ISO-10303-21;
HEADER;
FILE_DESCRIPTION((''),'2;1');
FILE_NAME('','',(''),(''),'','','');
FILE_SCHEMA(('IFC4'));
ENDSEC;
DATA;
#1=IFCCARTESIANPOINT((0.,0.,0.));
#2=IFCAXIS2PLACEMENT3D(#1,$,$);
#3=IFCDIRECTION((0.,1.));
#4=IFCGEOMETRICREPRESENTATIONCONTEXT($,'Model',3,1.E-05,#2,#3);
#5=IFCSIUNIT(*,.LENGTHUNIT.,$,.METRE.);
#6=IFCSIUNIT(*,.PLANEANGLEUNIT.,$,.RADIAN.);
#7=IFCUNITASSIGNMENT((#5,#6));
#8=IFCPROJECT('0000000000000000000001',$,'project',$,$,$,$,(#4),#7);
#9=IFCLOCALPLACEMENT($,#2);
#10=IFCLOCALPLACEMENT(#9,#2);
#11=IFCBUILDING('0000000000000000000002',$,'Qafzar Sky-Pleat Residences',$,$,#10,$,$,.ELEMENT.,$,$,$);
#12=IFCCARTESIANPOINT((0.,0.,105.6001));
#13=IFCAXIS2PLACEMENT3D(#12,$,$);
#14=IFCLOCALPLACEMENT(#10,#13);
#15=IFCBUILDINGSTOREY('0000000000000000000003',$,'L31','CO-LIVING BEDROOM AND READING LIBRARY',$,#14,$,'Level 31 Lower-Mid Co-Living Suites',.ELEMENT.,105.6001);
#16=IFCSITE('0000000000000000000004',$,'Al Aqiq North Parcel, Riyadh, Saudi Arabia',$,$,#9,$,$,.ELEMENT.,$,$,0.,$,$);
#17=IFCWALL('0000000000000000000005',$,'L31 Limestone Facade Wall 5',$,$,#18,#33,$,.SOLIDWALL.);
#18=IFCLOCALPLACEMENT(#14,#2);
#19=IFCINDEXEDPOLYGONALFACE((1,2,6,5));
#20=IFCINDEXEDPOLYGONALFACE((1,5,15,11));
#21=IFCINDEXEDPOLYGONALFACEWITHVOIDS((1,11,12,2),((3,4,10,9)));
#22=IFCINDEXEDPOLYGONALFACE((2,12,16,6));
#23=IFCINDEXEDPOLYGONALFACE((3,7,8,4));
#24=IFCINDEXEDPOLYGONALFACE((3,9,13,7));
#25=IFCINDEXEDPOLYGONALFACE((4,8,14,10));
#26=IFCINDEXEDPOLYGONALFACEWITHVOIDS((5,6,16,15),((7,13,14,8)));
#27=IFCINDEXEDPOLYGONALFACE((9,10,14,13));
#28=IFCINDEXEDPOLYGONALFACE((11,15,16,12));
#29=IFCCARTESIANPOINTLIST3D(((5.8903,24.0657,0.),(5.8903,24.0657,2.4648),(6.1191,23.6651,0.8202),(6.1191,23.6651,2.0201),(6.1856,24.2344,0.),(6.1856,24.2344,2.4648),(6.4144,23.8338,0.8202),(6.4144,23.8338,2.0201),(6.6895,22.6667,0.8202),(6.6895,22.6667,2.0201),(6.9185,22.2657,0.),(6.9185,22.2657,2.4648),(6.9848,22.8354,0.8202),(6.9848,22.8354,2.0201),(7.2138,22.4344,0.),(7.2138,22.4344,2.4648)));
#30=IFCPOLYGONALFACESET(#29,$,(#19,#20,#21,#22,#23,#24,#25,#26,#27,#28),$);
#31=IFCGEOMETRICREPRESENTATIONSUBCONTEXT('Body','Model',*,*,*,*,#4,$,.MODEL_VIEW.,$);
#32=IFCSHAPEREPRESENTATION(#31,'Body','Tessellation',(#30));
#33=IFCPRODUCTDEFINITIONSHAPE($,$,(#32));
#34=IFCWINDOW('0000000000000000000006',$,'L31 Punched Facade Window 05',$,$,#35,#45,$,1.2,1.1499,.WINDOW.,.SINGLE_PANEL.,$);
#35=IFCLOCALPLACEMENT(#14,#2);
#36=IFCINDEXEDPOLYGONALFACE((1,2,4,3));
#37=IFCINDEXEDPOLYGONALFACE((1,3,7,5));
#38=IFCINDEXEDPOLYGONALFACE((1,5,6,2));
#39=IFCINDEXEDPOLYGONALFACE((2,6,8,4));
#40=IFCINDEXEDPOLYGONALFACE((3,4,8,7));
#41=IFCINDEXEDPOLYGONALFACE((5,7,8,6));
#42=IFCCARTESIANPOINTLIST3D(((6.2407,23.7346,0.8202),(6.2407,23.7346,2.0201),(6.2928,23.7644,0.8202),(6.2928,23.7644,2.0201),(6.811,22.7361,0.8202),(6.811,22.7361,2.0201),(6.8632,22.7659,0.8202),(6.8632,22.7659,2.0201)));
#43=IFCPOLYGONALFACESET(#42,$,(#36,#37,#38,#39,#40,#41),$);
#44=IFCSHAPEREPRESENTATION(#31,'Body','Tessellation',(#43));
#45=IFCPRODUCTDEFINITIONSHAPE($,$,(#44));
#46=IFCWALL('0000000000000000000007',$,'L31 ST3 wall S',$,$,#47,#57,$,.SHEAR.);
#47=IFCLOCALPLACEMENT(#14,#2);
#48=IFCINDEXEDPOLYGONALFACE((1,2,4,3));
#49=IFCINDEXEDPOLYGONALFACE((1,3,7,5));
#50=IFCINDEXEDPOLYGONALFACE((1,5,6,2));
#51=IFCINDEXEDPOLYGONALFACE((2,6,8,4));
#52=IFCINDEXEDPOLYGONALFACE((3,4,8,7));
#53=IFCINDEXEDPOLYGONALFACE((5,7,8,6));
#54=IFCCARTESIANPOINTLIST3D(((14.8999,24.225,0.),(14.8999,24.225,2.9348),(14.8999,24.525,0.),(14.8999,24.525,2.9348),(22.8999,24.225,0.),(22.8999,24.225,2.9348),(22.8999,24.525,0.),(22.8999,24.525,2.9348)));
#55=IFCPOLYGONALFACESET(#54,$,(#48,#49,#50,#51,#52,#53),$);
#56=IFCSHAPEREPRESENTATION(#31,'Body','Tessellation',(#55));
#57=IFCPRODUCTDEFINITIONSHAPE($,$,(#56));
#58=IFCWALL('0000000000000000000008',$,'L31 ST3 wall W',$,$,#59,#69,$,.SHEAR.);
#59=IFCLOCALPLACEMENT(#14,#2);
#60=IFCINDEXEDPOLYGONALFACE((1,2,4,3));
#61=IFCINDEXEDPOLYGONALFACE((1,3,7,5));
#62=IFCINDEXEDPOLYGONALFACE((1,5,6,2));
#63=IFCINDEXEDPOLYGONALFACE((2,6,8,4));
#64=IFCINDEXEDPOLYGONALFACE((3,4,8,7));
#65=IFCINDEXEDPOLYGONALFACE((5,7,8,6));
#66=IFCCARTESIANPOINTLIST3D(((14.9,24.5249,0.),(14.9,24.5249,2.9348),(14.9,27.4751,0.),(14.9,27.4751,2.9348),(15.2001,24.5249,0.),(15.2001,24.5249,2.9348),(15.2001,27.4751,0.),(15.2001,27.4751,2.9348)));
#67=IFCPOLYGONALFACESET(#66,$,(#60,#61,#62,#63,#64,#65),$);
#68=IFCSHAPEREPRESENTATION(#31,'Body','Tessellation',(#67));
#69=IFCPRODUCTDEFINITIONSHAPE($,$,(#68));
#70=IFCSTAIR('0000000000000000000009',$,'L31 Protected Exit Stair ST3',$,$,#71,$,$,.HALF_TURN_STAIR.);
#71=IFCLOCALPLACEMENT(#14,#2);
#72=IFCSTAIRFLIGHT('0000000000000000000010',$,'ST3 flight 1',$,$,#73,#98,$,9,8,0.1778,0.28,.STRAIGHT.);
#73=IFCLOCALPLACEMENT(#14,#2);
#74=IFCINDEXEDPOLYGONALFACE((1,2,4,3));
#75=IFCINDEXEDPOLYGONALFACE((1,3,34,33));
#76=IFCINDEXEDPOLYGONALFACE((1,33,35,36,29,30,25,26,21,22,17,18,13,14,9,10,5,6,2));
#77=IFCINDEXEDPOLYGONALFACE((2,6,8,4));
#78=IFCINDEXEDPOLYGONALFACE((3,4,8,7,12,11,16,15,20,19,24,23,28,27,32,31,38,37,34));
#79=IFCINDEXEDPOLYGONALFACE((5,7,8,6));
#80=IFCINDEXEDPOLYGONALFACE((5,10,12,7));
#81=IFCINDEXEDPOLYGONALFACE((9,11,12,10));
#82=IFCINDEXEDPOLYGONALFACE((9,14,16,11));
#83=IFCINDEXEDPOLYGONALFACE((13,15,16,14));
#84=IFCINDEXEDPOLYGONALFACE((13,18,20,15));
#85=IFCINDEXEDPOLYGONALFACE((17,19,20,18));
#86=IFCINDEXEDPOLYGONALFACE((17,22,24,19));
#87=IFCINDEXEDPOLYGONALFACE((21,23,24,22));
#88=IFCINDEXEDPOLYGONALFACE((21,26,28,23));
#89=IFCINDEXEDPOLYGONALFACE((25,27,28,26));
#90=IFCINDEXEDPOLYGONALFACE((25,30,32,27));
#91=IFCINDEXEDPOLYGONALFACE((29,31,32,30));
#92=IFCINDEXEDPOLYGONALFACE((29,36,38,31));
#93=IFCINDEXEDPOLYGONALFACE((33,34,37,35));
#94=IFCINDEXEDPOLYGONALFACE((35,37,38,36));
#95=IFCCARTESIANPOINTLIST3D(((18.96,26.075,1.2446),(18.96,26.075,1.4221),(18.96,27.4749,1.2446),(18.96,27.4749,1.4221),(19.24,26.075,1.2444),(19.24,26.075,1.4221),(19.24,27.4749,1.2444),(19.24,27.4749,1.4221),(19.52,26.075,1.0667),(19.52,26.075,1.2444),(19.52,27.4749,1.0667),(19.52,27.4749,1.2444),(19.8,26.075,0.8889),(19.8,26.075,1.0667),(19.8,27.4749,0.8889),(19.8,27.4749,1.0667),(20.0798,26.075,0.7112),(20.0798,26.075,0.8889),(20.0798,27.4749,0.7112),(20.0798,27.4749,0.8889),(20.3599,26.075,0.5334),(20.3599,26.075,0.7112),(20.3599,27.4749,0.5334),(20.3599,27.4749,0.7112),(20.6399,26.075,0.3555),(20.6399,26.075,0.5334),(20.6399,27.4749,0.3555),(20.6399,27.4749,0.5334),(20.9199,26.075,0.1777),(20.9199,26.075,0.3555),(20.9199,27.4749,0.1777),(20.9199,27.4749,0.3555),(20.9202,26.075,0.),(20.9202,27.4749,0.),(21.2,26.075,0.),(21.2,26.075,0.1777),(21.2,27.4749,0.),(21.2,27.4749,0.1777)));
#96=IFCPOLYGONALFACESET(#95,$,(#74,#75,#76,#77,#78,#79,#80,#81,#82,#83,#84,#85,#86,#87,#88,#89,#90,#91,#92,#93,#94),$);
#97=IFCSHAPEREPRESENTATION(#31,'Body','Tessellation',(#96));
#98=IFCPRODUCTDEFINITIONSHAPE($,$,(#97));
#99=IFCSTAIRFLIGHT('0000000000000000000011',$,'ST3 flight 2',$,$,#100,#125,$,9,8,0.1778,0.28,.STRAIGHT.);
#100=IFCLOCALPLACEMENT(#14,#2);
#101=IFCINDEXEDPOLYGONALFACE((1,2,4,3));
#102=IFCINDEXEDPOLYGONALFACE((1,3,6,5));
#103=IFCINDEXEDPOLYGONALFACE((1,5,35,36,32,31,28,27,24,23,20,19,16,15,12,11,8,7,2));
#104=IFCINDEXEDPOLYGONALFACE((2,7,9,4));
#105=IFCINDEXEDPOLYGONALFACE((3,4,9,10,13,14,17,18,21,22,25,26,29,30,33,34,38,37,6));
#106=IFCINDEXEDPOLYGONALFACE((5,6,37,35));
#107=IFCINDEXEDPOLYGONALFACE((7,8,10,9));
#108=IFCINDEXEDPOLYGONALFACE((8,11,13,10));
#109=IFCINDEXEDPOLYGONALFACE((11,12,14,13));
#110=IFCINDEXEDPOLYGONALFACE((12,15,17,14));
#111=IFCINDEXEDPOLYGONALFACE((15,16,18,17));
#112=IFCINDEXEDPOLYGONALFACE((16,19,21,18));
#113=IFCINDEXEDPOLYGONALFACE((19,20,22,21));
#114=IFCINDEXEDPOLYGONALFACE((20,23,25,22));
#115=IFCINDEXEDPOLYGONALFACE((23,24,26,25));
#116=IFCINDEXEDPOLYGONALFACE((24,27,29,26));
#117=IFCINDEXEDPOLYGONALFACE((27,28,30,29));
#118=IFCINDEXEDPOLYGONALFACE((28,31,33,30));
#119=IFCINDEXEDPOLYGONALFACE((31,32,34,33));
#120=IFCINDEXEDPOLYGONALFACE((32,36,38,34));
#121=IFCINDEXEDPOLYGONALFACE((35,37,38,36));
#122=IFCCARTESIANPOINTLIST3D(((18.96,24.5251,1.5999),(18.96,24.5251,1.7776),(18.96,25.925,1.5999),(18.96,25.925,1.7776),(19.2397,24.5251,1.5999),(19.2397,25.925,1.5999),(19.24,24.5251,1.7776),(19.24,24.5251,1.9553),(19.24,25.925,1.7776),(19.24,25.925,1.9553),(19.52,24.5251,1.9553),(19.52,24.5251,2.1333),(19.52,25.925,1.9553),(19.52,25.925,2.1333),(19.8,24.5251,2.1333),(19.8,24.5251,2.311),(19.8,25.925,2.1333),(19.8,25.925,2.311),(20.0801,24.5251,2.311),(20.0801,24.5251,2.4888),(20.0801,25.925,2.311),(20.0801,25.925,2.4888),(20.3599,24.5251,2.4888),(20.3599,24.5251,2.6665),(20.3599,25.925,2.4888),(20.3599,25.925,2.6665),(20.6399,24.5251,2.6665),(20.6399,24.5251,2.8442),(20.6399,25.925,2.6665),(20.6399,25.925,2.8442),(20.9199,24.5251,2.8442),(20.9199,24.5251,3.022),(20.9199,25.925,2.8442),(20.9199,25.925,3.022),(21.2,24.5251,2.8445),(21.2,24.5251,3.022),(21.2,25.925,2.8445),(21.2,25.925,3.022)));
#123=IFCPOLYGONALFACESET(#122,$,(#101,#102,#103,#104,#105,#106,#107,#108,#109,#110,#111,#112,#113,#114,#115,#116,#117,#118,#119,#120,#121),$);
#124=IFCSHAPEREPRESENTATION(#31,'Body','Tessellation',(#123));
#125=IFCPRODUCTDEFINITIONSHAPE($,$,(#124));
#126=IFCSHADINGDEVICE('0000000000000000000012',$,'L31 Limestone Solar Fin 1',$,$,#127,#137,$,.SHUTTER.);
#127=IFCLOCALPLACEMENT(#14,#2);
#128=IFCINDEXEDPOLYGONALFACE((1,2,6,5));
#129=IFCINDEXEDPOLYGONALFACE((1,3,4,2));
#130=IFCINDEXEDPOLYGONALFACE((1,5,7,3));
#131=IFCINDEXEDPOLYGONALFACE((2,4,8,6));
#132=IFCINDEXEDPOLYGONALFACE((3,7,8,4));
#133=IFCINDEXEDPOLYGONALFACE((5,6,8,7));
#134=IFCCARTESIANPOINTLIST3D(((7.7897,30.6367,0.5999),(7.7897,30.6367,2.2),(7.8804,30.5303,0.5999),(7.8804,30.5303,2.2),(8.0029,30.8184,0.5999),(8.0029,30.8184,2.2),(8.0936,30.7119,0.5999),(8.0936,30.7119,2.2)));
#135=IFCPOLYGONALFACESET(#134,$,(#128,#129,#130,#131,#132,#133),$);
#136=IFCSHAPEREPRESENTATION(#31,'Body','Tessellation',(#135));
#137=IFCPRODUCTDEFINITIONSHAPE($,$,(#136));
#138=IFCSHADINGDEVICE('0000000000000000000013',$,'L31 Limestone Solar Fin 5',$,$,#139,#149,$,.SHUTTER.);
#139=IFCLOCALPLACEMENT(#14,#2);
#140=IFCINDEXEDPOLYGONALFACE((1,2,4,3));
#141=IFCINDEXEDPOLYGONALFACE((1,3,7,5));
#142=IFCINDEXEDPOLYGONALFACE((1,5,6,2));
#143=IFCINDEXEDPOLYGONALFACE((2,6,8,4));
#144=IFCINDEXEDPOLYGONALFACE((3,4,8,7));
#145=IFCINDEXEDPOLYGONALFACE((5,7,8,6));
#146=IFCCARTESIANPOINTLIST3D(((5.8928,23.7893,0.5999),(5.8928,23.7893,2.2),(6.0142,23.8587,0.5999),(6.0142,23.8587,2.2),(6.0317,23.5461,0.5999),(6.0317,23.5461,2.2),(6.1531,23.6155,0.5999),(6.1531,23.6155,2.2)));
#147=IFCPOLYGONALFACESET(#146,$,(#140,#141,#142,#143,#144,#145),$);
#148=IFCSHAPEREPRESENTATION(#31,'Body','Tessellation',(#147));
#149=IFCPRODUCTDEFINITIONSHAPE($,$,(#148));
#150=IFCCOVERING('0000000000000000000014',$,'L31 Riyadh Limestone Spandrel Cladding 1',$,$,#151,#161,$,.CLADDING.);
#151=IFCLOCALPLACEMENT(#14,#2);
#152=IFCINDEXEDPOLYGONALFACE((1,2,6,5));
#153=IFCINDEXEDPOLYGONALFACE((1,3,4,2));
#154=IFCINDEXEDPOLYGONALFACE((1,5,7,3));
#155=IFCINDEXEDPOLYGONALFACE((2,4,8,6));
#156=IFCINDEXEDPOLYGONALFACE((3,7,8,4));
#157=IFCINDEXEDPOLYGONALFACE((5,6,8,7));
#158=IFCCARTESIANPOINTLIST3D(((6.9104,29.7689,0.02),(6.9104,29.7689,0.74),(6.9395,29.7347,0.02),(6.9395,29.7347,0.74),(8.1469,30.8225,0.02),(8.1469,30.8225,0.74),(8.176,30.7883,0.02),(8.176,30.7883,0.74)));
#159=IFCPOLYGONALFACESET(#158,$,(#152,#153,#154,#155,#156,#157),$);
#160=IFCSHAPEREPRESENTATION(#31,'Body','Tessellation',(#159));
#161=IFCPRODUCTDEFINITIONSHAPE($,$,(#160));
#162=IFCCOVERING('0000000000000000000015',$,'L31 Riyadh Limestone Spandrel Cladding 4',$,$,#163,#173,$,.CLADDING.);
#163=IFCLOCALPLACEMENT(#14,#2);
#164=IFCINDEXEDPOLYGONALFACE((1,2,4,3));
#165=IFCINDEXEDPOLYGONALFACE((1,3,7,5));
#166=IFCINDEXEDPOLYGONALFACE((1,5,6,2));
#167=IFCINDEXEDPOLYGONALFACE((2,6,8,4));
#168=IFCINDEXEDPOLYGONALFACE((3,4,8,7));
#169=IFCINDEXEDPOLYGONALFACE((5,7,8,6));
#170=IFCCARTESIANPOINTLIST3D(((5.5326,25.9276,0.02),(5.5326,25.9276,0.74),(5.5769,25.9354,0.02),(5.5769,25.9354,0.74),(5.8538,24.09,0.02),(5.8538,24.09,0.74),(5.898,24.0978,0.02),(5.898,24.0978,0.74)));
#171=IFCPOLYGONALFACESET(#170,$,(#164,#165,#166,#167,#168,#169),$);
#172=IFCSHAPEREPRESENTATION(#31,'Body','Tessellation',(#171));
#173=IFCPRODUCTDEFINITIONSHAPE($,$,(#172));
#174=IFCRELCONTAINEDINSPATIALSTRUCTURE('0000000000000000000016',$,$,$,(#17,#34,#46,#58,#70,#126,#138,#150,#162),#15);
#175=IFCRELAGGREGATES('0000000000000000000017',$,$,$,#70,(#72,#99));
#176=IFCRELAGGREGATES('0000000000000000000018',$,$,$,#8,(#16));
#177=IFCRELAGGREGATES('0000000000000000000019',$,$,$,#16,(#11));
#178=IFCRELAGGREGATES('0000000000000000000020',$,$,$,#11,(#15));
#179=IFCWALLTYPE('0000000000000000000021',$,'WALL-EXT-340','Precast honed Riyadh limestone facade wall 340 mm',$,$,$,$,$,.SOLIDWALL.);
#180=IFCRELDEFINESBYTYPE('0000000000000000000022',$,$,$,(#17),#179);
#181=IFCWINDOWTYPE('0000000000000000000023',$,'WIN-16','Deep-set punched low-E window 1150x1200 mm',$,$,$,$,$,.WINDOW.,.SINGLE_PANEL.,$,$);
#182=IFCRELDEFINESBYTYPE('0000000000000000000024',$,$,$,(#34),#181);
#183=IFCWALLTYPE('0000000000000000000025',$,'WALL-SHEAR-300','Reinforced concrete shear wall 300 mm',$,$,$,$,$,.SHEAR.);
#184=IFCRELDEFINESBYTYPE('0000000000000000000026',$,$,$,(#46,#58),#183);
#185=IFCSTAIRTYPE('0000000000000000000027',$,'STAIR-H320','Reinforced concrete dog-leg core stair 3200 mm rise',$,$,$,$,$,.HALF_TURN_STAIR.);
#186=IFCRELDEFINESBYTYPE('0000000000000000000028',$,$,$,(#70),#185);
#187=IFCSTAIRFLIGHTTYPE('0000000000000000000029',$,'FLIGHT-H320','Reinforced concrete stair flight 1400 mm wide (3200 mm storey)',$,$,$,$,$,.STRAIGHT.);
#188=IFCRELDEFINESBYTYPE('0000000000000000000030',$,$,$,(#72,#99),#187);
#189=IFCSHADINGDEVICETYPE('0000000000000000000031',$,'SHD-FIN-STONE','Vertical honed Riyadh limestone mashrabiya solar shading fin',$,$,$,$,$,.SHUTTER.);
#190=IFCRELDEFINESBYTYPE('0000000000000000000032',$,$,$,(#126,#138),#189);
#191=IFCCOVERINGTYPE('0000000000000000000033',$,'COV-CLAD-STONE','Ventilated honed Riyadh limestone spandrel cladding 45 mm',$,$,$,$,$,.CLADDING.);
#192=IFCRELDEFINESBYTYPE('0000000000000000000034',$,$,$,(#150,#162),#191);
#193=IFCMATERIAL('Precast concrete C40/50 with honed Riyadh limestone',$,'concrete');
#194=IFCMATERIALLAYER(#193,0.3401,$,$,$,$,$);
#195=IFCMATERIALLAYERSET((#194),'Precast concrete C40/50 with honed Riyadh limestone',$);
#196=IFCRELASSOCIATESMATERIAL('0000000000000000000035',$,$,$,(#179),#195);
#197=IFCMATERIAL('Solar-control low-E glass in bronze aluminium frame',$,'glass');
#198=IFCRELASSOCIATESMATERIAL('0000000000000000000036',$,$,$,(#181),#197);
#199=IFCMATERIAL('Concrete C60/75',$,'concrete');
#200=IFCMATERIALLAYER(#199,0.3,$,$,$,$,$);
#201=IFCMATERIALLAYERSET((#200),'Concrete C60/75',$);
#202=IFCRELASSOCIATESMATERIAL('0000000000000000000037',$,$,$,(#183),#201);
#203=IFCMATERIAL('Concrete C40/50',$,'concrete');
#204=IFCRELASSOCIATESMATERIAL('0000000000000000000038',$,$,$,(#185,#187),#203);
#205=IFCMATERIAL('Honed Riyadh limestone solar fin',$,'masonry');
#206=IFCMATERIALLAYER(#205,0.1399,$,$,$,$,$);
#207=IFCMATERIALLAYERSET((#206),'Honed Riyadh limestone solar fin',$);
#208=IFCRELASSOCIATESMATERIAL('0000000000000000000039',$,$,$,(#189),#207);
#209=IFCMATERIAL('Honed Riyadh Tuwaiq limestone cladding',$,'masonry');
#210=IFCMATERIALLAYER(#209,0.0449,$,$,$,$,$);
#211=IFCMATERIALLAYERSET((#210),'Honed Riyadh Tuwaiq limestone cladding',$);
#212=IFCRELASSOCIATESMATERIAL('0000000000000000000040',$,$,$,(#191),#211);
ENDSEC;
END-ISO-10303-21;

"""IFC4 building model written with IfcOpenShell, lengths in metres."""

from ifc_helpers import new_model, si_unit, direction, frame, frame_2d, origin, origin_2d, place, context, subcontext, project, spatial, polyline, rectangle, outline, extrude, source, transform, mapped, material, layer, layer_set, type_object, element, fill, aggregate, save


model = new_model("IFC4")

# Units and contexts
model_context = context("Model", 3, precision=1e-05, world=origin(), true_north=direction((0.0, 1.0)))
body_context = subcontext(model_context, "Body", "Model", "MODEL_VIEW")
ifc_project = project(units=[si_unit("LENGTHUNIT", "METRE"), si_unit("PLANEANGLEUNIT", "RADIAN")], contexts=[model_context])

# Site, building, storey
site_placement = place(None, origin())
site = spatial("IfcSite", under=ifc_project, at=site_placement, Name="Al Aqiq North Parcel, Riyadh, Saudi Arabia", CompositionType="ELEMENT", RefElevation=0.0)
building_placement = place(site_placement, origin())
building = spatial("IfcBuilding", under=site, at=building_placement, Name="Qafzar Sky-Pleat Residences", CompositionType="ELEMENT")
storey_placement = place(building_placement, frame((0.0, 0.0, 105.6001)))
storey = spatial("IfcBuildingStorey", under=building, at=storey_placement, Name="L31", Description="CO-LIVING BEDROOM AND READING LIBRARY", LongName="Level 31 Lower-Mid Co-Living Suites", CompositionType="ELEMENT", Elevation=105.6001)

# Wall, opening, window
ifc_material_1 = material(Name="Precast concrete C40/50 with honed Riyadh limestone", Category="concrete")
ifc_layer_1 = layer(ifc_material_1, 0.3401)
ifc_layer_set_1 = layer_set([ifc_layer_1], Name="Precast concrete C40/50 with honed Riyadh limestone")
wall_type_1 = type_object("IfcWallType", Name="WALL-EXT-340", Description="Precast honed Riyadh limestone facade wall 340 mm", PredefinedType="SOLIDWALL", material=ifc_layer_set_1)
ifc_material_2 = material(Name="Solar-control low-E glass in bronze aluminium frame", Category="glass")
wall_1_placement = place(storey_placement, frame((6.0378, 24.1501, 0.0), z_axis=(0.0, 0.0, 1.0), x_axis=(0.496037, -0.868301, 0.0)))
wall_1 = element("IfcWall", 1, at=wall_1_placement, inside=storey, type_object=wall_type_1, Name="L31 Limestone Facade Wall 5", PredefinedType="SOLIDWALL", context=body_context, shape_type="SweptSolid", body=[
    extrude(rectangle(XDim=2.073, YDim=0.3401, at=frame_2d((1.0366, 0.0))), origin(), (0.0, 0.0, 1.0), 2.4648),
])
opening_1_placement = place(wall_1_placement, frame((0.4614, 0.0, 0.8201)))
opening_1 = element("IfcOpeningElement", 2, at=opening_1_placement, cuts=wall_1, PredefinedType="OPENING", context=body_context, shape_type="SweptSolid", body=[
    extrude(rectangle(XDim=1.1499, YDim=1.2, at=frame_2d((0.575, 0.6001))), frame((0.0, 0.1802, 0.0), z_axis=(0.0, -1.0, 0.0), x_axis=(1.0, 0.0, 0.0)), (0.0, 0.0, 1.0), 0.3601),
])
window_type_1 = type_object("IfcWindowType", Name="WIN-16", Description="Deep-set punched low-E window 1150x1200 mm", PartitioningType="SINGLE_PANEL", PredefinedType="WINDOW", material=ifc_material_2)
shared_shape_1 = source(origin(), body_context, "Body", "SweptSolid", [
    extrude(rectangle(XDim=1.1499, YDim=1.2, at=frame_2d((0.575, 0.6001))), frame((0.0, 0.03, 0.0), z_axis=(0.0, -1.0, 0.0), x_axis=(1.0, 0.0, 0.0)), (0.0, 0.0, 1.0), 0.0601),
])
window_1_placement = place(opening_1_placement, origin())
window_1 = element("IfcWindow", 3, at=window_1_placement, inside=storey, type_object=window_type_1, Name="L31 Punched Facade Window 05", OverallHeight=1.2, OverallWidth=1.1499, PartitioningType="SINGLE_PANEL", PredefinedType="WINDOW", context=body_context, shape_type="MappedRepresentation", body=[
    mapped(shared_shape_1, transform((0.0, 0.0, 0.0), x_axis=(1.0, 0.0, 0.0), y_axis=(0.0, 1.0, 0.0), z_axis=(0.0, 0.0, 1.0), scale=1.0)),
])
fill(opening_1, window_1)

# Walls
ifc_material_3 = material(Name="Concrete C60/75", Category="concrete")
ifc_layer_2 = layer(ifc_material_3, 0.3)
ifc_layer_set_2 = layer_set([ifc_layer_2], Name="Concrete C60/75")
wall_type_2 = type_object("IfcWallType", Name="WALL-SHEAR-300", Description="Reinforced concrete shear wall 300 mm", PredefinedType="SHEAR", material=ifc_layer_set_2)
wall_2_placement = place(storey_placement, frame((14.8999, 24.375, 0.0), z_axis=(0.0, 0.0, 1.0), x_axis=(1.0, 0.0, 0.0)))
element("IfcWall", 4, at=wall_2_placement, inside=storey, type_object=wall_type_2, Name="L31 ST3 wall S", PredefinedType="SHEAR", context=body_context, shape_type="SweptSolid", body=[
    extrude(rectangle(XDim=8.0, YDim=0.3, at=frame_2d((4.0, 0.0))), origin(), (0.0, 0.0, 1.0), 2.9348),
])
wall_3_placement = place(storey_placement, frame((15.05, 27.4751, 0.0), z_axis=(0.0, 0.0, 1.0), x_axis=(0.0, -1.0, 0.0)))
element("IfcWall", 5, at=wall_3_placement, inside=storey, type_object=wall_type_2, Name="L31 ST3 wall W", PredefinedType="SHEAR", context=body_context, shape_type="SweptSolid", body=[
    extrude(rectangle(XDim=2.9502, YDim=0.3, at=frame_2d((1.4751, 0.0))), origin(), (0.0, 0.0, 1.0), 2.9348),
])

# Stair, stair flights
ifc_material_4 = material(Name="Concrete C40/50", Category="concrete")
stair_type = type_object("IfcStairType", Name="STAIR-H320", Description="Reinforced concrete dog-leg core stair 3200 mm rise", PredefinedType="HALF_TURN_STAIR", material=ifc_material_4)
stair_placement = place(storey_placement, origin())
stair = element("IfcStair", 6, at=stair_placement, inside=storey, type_object=stair_type, Name="L31 Protected Exit Stair ST3", PredefinedType="HALF_TURN_STAIR")
stair_flight_type = type_object("IfcStairFlightType", Name="FLIGHT-H320", Description="Reinforced concrete stair flight 1400 mm wide (3200 mm storey)", PredefinedType="STRAIGHT", material=ifc_material_4)
shared_shape_2 = source(origin(), body_context, "Body", "SweptSolid", [
    extrude(outline(polyline([(0.0, 0.0), (0.0, 0.1777), (0.28, 0.1777), (0.28, 0.3555), (0.5601, 0.3555), (0.5601, 0.5334), (0.8401, 0.5334), (0.8401, 0.7112), (1.1201, 0.7112), (1.1201, 0.8889), (1.3999, 0.8889), (1.3999, 1.0667), (1.6799, 1.0667), (1.6799, 1.2444), (1.96, 1.2444), (1.96, 1.4221), (2.24, 1.4221), (2.24, 1.6001), (2.24, 1.2446), (0.2798, 0.0), (0.0, 0.0)])), frame((0.0, 0.7, 0.0), z_axis=(0.0, -1.0, 0.0), x_axis=(1.0, 0.0, 0.0)), (0.0, 0.0, 1.0), 1.3999),
])
stair_flight_1_placement = place(storey_placement, frame((21.2, 26.7749, 0.0), z_axis=(0.0, 0.0, 1.0), x_axis=(-1.0, 0.0, 0.0)))
stair_flight_1 = element("IfcStairFlight", 7, at=stair_flight_1_placement, type_object=stair_flight_type, Name="ST3 flight 1", NumberOfRisers=9, NumberOfTreads=8, PredefinedType="STRAIGHT", RiserHeight=0.1778, TreadLength=0.28, context=body_context, shape_type="MappedRepresentation", body=[
    mapped(shared_shape_2, transform((0.0, 0.0, 0.0), x_axis=(1.0, 0.0, 0.0), y_axis=(0.0, 1.0, 0.0), z_axis=(0.0, 0.0, 1.0), scale=1.0)),
])
stair_flight_2_placement = place(storey_placement, frame((18.96, 25.2251, 1.5999), z_axis=(0.0, 0.0, 1.0), x_axis=(1.0, 0.0, 0.0)))
stair_flight_2 = element("IfcStairFlight", 8, at=stair_flight_2_placement, type_object=stair_flight_type, Name="ST3 flight 2", NumberOfRisers=9, NumberOfTreads=8, PredefinedType="STRAIGHT", RiserHeight=0.1778, TreadLength=0.28, context=body_context, shape_type="MappedRepresentation", body=[
    mapped(shared_shape_2, transform((0.0, 0.0, 0.0), x_axis=(1.0, 0.0, 0.0), y_axis=(0.0, 1.0, 0.0), z_axis=(0.0, 0.0, 1.0), scale=1.0)),
])
aggregate(stair, [stair_flight_1, stair_flight_2])

# Shading devices
ifc_material_5 = material(Name="Honed Riyadh limestone solar fin", Category="masonry")
ifc_layer_3 = layer(ifc_material_5, 0.1399)
ifc_layer_set_3 = layer_set([ifc_layer_3], Name="Honed Riyadh limestone solar fin")
shading_device_type = type_object("IfcShadingDeviceType", Name="SHD-FIN-STONE", Description="Vertical honed Riyadh limestone mashrabiya solar shading fin", PredefinedType="SHUTTER", material=ifc_layer_set_3)
shared_shape_3 = source(origin(), body_context, "Body", "SweptSolid", [
    extrude(rectangle(XDim=0.1399, YDim=0.28, at=origin_2d()), origin(), (0.0, 0.0, 1.0), 1.6001),
])
for number, where, z_axis, x_axis, name in (
    (9, (7.9417, 30.6743, 0.5999), (0.0, 0.0, 1.0), (-0.648603, 0.761127, 0.0), "L31 Limestone Solar Fin 1"),
    (10, (6.0229, 23.7024, 0.5999), (0.0, 0.0, 1.0), (-0.868299, -0.496042, 0.0), "L31 Limestone Solar Fin 5"),
):
    element("IfcShadingDevice", number, at=place(storey_placement, frame(where, z_axis=z_axis, x_axis=x_axis)), inside=storey, type_object=shading_device_type, Name=name, PredefinedType="SHUTTER", context=body_context, shape_type="MappedRepresentation", body=[
        mapped(shared_shape_3, transform((0.0, 0.0, 0.0), x_axis=(1.0, 0.0, 0.0), y_axis=(0.0, 1.0, 0.0), z_axis=(0.0, 0.0, 1.0), scale=1.0)),
    ])

# Coverings
ifc_material_6 = material(Name="Honed Riyadh Tuwaiq limestone cladding", Category="masonry")
ifc_layer_4 = layer(ifc_material_6, 0.0449)
ifc_layer_set_4 = layer_set([ifc_layer_4], Name="Honed Riyadh Tuwaiq limestone cladding")
covering_type = type_object("IfcCoveringType", Name="COV-CLAD-STONE", Description="Ventilated honed Riyadh limestone spandrel cladding 45 mm", PredefinedType="CLADDING", material=ifc_layer_set_4)
shared_shape_4 = source(origin(), body_context, "Body", "SweptSolid", [
    extrude(rectangle(XDim=1.6245, YDim=0.0449, at=origin_2d()), origin(), (0.0, 0.0, 1.0), 0.72),
])
covering_1_placement = place(storey_placement, frame((7.5432, 30.2786, 0.02), z_axis=(0.0, 0.0, 1.0), x_axis=(-0.761154, -0.648571, 0.0)))
element("IfcCovering", 11, at=covering_1_placement, inside=storey, type_object=covering_type, Name="L31 Riyadh Limestone Spandrel Cladding 1", PredefinedType="CLADDING", context=body_context, shape_type="MappedRepresentation", body=[
    mapped(shared_shape_4, transform((0.0, 0.0, 0.0), x_axis=(1.0, 0.0, 0.0), y_axis=(0.0, 1.0, 0.0), z_axis=(0.0, 0.0, 1.0), scale=1.0)),
])
shared_shape_5 = source(origin(), body_context, "Body", "SweptSolid", [
    extrude(rectangle(XDim=1.8655, YDim=0.0449, at=origin_2d()), origin(), (0.0, 0.0, 1.0), 0.72),
])
covering_2_placement = place(storey_placement, frame((5.7153, 25.0127, 0.02), z_axis=(0.0, 0.0, 1.0), x_axis=(0.17217, -0.985067, 0.0)))
element("IfcCovering", 12, at=covering_2_placement, inside=storey, type_object=covering_type, Name="L31 Riyadh Limestone Spandrel Cladding 4", PredefinedType="CLADDING", context=body_context, shape_type="MappedRepresentation", body=[
    mapped(shared_shape_5, transform((0.0, 0.0, 0.0), x_axis=(1.0, 0.0, 0.0), y_axis=(0.0, 1.0, 0.0), z_axis=(0.0, 0.0, 1.0), scale=1.0)),
])

save(model, "model.ifc")
